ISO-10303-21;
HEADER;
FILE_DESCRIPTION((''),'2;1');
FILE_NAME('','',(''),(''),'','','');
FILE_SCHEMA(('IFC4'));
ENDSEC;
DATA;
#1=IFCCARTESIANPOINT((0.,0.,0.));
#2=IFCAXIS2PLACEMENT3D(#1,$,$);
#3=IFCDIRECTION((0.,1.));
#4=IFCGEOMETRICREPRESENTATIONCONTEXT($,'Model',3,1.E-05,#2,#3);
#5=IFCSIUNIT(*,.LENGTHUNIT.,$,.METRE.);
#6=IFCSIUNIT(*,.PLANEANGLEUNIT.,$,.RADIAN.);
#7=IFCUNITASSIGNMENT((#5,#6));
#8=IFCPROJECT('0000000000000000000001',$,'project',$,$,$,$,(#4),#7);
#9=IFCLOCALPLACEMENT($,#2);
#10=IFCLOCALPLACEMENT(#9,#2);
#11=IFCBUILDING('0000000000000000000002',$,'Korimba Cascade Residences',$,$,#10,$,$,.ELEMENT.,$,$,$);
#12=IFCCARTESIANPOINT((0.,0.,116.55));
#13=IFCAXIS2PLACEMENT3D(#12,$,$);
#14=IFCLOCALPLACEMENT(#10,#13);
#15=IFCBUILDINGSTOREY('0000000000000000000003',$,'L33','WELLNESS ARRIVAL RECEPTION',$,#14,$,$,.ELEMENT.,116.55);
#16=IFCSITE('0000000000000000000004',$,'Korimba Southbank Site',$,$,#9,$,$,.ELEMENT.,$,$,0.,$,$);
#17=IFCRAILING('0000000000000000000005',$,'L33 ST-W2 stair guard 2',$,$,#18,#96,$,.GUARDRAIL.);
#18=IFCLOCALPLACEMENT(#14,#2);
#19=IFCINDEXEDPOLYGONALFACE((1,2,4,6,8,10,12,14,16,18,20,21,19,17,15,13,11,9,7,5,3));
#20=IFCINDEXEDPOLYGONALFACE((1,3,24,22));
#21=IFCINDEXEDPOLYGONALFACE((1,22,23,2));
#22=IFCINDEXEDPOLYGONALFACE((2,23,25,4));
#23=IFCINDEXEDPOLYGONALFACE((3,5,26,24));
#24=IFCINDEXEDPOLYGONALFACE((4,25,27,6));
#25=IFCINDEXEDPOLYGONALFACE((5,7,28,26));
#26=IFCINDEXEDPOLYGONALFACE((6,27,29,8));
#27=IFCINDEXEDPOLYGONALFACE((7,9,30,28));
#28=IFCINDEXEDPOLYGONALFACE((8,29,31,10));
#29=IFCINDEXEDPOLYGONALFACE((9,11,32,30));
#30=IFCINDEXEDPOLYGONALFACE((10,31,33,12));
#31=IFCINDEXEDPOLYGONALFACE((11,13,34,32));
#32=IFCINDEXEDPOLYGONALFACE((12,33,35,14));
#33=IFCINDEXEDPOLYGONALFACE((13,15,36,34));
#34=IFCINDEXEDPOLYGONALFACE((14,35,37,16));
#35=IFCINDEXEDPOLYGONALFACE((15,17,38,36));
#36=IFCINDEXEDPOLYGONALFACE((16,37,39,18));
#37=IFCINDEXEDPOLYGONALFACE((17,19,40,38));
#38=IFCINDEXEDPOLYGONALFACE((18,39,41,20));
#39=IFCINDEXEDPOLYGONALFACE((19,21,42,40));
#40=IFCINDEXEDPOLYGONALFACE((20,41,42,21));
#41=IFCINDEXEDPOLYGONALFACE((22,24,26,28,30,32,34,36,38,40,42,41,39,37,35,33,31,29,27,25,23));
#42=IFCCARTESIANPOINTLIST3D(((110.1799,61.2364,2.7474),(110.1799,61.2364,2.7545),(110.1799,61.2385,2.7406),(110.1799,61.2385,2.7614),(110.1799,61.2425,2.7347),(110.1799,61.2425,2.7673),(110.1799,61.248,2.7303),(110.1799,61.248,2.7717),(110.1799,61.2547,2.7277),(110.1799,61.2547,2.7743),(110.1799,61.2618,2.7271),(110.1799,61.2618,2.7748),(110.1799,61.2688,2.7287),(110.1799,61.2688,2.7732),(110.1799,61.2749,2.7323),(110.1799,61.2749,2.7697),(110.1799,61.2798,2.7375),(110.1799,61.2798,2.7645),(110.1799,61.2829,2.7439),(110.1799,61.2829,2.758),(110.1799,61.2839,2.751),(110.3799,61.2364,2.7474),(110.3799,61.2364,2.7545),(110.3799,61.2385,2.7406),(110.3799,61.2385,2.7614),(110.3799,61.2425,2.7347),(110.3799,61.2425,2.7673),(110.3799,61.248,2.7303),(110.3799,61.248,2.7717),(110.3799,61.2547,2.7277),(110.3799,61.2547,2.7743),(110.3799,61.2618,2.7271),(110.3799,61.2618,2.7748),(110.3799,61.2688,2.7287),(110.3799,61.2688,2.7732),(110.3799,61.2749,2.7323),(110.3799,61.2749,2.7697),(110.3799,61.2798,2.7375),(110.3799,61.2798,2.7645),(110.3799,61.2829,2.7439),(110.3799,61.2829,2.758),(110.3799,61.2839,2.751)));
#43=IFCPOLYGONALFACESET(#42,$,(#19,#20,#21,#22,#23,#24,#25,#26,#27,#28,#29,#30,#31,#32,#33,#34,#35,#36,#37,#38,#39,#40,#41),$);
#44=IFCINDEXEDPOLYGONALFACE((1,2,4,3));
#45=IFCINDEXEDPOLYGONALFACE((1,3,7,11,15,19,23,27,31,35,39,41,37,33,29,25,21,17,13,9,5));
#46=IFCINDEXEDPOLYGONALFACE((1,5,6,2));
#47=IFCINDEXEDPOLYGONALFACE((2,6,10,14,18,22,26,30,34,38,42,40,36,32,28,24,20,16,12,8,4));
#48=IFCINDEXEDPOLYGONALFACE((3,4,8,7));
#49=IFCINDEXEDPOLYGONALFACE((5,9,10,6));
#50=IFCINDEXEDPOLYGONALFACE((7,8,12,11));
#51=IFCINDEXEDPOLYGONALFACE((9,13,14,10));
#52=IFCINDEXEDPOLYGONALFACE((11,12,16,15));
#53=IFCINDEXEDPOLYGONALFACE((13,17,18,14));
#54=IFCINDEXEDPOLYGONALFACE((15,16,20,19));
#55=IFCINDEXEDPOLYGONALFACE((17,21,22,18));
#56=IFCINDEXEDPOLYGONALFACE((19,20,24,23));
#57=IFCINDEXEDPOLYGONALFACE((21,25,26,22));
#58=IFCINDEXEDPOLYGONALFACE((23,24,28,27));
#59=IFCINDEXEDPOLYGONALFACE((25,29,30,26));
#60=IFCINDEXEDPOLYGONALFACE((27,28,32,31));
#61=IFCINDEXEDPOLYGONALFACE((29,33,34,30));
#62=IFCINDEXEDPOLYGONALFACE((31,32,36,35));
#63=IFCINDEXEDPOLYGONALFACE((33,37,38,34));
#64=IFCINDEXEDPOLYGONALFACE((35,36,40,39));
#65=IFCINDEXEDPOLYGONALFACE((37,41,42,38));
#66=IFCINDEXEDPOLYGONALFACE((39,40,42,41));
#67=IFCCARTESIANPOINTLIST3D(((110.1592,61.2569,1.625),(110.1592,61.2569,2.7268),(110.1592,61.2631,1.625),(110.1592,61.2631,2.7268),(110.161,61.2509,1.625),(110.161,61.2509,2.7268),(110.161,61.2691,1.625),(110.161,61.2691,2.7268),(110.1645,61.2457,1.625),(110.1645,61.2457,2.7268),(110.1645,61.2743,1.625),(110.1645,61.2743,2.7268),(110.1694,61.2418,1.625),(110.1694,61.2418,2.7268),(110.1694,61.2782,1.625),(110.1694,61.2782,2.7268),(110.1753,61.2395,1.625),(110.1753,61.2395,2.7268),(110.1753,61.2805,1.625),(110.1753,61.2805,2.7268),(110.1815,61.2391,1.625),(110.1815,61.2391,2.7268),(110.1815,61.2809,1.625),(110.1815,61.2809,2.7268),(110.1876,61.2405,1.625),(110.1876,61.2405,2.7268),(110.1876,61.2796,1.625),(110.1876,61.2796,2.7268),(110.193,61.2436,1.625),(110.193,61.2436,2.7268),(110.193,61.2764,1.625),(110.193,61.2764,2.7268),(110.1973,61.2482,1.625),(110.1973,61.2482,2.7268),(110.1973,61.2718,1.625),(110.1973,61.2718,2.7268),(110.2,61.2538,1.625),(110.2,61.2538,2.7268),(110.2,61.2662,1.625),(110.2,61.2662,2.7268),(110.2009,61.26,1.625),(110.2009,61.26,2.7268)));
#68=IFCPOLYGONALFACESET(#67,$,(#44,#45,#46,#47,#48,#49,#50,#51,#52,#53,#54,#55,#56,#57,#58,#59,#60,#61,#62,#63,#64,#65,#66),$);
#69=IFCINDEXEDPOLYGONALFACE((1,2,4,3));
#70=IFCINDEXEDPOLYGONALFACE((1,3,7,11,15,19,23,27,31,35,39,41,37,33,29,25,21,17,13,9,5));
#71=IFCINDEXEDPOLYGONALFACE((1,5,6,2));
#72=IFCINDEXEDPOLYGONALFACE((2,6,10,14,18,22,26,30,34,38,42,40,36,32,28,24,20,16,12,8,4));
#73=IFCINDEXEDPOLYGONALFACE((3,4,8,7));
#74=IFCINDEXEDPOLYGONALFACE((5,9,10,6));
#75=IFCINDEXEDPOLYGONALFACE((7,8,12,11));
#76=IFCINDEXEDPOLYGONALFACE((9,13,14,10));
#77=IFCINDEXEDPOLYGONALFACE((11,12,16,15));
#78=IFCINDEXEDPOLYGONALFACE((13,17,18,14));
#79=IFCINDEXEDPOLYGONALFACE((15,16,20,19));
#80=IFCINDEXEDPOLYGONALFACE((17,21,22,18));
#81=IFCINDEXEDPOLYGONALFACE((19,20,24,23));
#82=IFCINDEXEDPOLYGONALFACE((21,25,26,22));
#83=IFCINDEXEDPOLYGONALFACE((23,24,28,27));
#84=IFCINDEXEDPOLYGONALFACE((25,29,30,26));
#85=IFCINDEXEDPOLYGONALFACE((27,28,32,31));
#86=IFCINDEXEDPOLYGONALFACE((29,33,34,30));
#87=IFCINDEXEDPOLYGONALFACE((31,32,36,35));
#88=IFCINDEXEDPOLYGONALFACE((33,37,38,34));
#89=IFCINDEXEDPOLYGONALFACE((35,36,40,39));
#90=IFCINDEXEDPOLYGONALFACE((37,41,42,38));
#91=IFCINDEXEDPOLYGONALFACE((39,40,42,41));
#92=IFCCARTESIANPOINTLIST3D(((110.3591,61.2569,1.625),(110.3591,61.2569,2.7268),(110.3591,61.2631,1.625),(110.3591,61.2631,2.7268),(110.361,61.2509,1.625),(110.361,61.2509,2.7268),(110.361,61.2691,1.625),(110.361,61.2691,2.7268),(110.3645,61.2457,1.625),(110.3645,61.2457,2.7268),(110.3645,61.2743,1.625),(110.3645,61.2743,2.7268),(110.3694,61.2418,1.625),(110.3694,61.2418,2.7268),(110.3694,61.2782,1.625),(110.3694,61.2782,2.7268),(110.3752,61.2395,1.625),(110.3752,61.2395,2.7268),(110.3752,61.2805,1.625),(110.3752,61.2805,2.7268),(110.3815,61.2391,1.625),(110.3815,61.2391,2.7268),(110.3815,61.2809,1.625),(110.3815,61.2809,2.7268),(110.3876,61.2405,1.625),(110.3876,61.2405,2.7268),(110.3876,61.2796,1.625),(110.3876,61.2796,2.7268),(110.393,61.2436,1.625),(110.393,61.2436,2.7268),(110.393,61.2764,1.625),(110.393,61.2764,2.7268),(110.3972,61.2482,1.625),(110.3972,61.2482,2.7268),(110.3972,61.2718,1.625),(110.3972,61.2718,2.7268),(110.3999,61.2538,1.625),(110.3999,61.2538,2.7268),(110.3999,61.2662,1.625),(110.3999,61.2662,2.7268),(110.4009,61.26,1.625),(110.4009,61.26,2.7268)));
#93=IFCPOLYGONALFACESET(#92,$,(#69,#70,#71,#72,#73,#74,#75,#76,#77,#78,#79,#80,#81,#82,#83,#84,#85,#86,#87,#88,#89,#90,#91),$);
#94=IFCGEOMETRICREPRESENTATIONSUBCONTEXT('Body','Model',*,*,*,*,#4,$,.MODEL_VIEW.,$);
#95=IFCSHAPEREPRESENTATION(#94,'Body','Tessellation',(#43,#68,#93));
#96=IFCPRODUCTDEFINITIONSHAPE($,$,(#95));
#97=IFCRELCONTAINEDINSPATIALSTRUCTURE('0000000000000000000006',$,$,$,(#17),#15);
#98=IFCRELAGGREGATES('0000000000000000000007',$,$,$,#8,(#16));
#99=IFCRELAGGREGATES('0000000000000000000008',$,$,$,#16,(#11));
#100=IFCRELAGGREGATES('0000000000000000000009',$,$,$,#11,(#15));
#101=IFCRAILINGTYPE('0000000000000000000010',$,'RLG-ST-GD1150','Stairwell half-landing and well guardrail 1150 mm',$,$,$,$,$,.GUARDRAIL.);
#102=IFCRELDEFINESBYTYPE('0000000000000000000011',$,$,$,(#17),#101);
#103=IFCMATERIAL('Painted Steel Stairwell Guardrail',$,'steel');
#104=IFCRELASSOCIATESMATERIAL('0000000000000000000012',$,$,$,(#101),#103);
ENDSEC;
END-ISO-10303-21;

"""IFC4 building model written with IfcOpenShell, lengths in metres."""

from ifc_helpers import new_model, si_unit, direction, frame, origin, origin_2d, place, context, subcontext, project, spatial, circle, extrude, material, type_object, element, save


model = new_model("IFC4")

# Units and contexts
model_context = context("Model", 3, precision=1e-05, world=origin(), true_north=direction((0.0, 1.0)))
body_context = subcontext(model_context, "Body", "Model", "MODEL_VIEW")
ifc_project = project(units=[si_unit("LENGTHUNIT", "METRE"), si_unit("PLANEANGLEUNIT", "RADIAN")], contexts=[model_context])

# Site, building, storey
site_placement = place(None, origin())
site = spatial("IfcSite", under=ifc_project, at=site_placement, Name="Korimba Southbank Site", CompositionType="ELEMENT", RefElevation=0.0)
building_placement = place(site_placement, origin())
building = spatial("IfcBuilding", under=site, at=building_placement, Name="Korimba Cascade Residences", CompositionType="ELEMENT")
storey_placement = place(building_placement, frame((0.0, 0.0, 116.55)))
storey = spatial("IfcBuildingStorey", under=building, at=storey_placement, Name="L33", Description="WELLNESS ARRIVAL RECEPTION", CompositionType="ELEMENT", Elevation=116.55)

# Railing
ifc_material_1 = material(Name="Painted Steel Stairwell Guardrail", Category="steel")
railing_type_1 = type_object("IfcRailingType", Name="RLG-ST-GD1150", Description="Stairwell half-landing and well guardrail 1150 mm", PredefinedType="GUARDRAIL", material=ifc_material_1)
railing_1_placement = place(storey_placement, frame((110.1799, 61.26, 1.625)))
element("IfcRailing", 1, at=railing_1_placement, inside=storey, type_object=railing_type_1, Name="L33 ST-W2 stair guard 2", PredefinedType="GUARDRAIL", context=body_context, shape_type="SweptSolid", body=[
    extrude(circle(Radius=0.0239, at=origin_2d()), frame((0.0, 0.0, 1.126), z_axis=(1.0, 0.0, 0.0), x_axis=(0.0, 1.0, 0.0)), (0.0, 0.0, 1.0), 0.2),
    extrude(circle(Radius=0.021, at=origin_2d()), origin(), (0.0, 0.0, 1.0), 1.1018),
    extrude(circle(Radius=0.021, at=origin_2d()), frame((0.2, 0.0, 0.0)), (0.0, 0.0, 1.0), 1.1018),
])

save(model, "model.ifc")
